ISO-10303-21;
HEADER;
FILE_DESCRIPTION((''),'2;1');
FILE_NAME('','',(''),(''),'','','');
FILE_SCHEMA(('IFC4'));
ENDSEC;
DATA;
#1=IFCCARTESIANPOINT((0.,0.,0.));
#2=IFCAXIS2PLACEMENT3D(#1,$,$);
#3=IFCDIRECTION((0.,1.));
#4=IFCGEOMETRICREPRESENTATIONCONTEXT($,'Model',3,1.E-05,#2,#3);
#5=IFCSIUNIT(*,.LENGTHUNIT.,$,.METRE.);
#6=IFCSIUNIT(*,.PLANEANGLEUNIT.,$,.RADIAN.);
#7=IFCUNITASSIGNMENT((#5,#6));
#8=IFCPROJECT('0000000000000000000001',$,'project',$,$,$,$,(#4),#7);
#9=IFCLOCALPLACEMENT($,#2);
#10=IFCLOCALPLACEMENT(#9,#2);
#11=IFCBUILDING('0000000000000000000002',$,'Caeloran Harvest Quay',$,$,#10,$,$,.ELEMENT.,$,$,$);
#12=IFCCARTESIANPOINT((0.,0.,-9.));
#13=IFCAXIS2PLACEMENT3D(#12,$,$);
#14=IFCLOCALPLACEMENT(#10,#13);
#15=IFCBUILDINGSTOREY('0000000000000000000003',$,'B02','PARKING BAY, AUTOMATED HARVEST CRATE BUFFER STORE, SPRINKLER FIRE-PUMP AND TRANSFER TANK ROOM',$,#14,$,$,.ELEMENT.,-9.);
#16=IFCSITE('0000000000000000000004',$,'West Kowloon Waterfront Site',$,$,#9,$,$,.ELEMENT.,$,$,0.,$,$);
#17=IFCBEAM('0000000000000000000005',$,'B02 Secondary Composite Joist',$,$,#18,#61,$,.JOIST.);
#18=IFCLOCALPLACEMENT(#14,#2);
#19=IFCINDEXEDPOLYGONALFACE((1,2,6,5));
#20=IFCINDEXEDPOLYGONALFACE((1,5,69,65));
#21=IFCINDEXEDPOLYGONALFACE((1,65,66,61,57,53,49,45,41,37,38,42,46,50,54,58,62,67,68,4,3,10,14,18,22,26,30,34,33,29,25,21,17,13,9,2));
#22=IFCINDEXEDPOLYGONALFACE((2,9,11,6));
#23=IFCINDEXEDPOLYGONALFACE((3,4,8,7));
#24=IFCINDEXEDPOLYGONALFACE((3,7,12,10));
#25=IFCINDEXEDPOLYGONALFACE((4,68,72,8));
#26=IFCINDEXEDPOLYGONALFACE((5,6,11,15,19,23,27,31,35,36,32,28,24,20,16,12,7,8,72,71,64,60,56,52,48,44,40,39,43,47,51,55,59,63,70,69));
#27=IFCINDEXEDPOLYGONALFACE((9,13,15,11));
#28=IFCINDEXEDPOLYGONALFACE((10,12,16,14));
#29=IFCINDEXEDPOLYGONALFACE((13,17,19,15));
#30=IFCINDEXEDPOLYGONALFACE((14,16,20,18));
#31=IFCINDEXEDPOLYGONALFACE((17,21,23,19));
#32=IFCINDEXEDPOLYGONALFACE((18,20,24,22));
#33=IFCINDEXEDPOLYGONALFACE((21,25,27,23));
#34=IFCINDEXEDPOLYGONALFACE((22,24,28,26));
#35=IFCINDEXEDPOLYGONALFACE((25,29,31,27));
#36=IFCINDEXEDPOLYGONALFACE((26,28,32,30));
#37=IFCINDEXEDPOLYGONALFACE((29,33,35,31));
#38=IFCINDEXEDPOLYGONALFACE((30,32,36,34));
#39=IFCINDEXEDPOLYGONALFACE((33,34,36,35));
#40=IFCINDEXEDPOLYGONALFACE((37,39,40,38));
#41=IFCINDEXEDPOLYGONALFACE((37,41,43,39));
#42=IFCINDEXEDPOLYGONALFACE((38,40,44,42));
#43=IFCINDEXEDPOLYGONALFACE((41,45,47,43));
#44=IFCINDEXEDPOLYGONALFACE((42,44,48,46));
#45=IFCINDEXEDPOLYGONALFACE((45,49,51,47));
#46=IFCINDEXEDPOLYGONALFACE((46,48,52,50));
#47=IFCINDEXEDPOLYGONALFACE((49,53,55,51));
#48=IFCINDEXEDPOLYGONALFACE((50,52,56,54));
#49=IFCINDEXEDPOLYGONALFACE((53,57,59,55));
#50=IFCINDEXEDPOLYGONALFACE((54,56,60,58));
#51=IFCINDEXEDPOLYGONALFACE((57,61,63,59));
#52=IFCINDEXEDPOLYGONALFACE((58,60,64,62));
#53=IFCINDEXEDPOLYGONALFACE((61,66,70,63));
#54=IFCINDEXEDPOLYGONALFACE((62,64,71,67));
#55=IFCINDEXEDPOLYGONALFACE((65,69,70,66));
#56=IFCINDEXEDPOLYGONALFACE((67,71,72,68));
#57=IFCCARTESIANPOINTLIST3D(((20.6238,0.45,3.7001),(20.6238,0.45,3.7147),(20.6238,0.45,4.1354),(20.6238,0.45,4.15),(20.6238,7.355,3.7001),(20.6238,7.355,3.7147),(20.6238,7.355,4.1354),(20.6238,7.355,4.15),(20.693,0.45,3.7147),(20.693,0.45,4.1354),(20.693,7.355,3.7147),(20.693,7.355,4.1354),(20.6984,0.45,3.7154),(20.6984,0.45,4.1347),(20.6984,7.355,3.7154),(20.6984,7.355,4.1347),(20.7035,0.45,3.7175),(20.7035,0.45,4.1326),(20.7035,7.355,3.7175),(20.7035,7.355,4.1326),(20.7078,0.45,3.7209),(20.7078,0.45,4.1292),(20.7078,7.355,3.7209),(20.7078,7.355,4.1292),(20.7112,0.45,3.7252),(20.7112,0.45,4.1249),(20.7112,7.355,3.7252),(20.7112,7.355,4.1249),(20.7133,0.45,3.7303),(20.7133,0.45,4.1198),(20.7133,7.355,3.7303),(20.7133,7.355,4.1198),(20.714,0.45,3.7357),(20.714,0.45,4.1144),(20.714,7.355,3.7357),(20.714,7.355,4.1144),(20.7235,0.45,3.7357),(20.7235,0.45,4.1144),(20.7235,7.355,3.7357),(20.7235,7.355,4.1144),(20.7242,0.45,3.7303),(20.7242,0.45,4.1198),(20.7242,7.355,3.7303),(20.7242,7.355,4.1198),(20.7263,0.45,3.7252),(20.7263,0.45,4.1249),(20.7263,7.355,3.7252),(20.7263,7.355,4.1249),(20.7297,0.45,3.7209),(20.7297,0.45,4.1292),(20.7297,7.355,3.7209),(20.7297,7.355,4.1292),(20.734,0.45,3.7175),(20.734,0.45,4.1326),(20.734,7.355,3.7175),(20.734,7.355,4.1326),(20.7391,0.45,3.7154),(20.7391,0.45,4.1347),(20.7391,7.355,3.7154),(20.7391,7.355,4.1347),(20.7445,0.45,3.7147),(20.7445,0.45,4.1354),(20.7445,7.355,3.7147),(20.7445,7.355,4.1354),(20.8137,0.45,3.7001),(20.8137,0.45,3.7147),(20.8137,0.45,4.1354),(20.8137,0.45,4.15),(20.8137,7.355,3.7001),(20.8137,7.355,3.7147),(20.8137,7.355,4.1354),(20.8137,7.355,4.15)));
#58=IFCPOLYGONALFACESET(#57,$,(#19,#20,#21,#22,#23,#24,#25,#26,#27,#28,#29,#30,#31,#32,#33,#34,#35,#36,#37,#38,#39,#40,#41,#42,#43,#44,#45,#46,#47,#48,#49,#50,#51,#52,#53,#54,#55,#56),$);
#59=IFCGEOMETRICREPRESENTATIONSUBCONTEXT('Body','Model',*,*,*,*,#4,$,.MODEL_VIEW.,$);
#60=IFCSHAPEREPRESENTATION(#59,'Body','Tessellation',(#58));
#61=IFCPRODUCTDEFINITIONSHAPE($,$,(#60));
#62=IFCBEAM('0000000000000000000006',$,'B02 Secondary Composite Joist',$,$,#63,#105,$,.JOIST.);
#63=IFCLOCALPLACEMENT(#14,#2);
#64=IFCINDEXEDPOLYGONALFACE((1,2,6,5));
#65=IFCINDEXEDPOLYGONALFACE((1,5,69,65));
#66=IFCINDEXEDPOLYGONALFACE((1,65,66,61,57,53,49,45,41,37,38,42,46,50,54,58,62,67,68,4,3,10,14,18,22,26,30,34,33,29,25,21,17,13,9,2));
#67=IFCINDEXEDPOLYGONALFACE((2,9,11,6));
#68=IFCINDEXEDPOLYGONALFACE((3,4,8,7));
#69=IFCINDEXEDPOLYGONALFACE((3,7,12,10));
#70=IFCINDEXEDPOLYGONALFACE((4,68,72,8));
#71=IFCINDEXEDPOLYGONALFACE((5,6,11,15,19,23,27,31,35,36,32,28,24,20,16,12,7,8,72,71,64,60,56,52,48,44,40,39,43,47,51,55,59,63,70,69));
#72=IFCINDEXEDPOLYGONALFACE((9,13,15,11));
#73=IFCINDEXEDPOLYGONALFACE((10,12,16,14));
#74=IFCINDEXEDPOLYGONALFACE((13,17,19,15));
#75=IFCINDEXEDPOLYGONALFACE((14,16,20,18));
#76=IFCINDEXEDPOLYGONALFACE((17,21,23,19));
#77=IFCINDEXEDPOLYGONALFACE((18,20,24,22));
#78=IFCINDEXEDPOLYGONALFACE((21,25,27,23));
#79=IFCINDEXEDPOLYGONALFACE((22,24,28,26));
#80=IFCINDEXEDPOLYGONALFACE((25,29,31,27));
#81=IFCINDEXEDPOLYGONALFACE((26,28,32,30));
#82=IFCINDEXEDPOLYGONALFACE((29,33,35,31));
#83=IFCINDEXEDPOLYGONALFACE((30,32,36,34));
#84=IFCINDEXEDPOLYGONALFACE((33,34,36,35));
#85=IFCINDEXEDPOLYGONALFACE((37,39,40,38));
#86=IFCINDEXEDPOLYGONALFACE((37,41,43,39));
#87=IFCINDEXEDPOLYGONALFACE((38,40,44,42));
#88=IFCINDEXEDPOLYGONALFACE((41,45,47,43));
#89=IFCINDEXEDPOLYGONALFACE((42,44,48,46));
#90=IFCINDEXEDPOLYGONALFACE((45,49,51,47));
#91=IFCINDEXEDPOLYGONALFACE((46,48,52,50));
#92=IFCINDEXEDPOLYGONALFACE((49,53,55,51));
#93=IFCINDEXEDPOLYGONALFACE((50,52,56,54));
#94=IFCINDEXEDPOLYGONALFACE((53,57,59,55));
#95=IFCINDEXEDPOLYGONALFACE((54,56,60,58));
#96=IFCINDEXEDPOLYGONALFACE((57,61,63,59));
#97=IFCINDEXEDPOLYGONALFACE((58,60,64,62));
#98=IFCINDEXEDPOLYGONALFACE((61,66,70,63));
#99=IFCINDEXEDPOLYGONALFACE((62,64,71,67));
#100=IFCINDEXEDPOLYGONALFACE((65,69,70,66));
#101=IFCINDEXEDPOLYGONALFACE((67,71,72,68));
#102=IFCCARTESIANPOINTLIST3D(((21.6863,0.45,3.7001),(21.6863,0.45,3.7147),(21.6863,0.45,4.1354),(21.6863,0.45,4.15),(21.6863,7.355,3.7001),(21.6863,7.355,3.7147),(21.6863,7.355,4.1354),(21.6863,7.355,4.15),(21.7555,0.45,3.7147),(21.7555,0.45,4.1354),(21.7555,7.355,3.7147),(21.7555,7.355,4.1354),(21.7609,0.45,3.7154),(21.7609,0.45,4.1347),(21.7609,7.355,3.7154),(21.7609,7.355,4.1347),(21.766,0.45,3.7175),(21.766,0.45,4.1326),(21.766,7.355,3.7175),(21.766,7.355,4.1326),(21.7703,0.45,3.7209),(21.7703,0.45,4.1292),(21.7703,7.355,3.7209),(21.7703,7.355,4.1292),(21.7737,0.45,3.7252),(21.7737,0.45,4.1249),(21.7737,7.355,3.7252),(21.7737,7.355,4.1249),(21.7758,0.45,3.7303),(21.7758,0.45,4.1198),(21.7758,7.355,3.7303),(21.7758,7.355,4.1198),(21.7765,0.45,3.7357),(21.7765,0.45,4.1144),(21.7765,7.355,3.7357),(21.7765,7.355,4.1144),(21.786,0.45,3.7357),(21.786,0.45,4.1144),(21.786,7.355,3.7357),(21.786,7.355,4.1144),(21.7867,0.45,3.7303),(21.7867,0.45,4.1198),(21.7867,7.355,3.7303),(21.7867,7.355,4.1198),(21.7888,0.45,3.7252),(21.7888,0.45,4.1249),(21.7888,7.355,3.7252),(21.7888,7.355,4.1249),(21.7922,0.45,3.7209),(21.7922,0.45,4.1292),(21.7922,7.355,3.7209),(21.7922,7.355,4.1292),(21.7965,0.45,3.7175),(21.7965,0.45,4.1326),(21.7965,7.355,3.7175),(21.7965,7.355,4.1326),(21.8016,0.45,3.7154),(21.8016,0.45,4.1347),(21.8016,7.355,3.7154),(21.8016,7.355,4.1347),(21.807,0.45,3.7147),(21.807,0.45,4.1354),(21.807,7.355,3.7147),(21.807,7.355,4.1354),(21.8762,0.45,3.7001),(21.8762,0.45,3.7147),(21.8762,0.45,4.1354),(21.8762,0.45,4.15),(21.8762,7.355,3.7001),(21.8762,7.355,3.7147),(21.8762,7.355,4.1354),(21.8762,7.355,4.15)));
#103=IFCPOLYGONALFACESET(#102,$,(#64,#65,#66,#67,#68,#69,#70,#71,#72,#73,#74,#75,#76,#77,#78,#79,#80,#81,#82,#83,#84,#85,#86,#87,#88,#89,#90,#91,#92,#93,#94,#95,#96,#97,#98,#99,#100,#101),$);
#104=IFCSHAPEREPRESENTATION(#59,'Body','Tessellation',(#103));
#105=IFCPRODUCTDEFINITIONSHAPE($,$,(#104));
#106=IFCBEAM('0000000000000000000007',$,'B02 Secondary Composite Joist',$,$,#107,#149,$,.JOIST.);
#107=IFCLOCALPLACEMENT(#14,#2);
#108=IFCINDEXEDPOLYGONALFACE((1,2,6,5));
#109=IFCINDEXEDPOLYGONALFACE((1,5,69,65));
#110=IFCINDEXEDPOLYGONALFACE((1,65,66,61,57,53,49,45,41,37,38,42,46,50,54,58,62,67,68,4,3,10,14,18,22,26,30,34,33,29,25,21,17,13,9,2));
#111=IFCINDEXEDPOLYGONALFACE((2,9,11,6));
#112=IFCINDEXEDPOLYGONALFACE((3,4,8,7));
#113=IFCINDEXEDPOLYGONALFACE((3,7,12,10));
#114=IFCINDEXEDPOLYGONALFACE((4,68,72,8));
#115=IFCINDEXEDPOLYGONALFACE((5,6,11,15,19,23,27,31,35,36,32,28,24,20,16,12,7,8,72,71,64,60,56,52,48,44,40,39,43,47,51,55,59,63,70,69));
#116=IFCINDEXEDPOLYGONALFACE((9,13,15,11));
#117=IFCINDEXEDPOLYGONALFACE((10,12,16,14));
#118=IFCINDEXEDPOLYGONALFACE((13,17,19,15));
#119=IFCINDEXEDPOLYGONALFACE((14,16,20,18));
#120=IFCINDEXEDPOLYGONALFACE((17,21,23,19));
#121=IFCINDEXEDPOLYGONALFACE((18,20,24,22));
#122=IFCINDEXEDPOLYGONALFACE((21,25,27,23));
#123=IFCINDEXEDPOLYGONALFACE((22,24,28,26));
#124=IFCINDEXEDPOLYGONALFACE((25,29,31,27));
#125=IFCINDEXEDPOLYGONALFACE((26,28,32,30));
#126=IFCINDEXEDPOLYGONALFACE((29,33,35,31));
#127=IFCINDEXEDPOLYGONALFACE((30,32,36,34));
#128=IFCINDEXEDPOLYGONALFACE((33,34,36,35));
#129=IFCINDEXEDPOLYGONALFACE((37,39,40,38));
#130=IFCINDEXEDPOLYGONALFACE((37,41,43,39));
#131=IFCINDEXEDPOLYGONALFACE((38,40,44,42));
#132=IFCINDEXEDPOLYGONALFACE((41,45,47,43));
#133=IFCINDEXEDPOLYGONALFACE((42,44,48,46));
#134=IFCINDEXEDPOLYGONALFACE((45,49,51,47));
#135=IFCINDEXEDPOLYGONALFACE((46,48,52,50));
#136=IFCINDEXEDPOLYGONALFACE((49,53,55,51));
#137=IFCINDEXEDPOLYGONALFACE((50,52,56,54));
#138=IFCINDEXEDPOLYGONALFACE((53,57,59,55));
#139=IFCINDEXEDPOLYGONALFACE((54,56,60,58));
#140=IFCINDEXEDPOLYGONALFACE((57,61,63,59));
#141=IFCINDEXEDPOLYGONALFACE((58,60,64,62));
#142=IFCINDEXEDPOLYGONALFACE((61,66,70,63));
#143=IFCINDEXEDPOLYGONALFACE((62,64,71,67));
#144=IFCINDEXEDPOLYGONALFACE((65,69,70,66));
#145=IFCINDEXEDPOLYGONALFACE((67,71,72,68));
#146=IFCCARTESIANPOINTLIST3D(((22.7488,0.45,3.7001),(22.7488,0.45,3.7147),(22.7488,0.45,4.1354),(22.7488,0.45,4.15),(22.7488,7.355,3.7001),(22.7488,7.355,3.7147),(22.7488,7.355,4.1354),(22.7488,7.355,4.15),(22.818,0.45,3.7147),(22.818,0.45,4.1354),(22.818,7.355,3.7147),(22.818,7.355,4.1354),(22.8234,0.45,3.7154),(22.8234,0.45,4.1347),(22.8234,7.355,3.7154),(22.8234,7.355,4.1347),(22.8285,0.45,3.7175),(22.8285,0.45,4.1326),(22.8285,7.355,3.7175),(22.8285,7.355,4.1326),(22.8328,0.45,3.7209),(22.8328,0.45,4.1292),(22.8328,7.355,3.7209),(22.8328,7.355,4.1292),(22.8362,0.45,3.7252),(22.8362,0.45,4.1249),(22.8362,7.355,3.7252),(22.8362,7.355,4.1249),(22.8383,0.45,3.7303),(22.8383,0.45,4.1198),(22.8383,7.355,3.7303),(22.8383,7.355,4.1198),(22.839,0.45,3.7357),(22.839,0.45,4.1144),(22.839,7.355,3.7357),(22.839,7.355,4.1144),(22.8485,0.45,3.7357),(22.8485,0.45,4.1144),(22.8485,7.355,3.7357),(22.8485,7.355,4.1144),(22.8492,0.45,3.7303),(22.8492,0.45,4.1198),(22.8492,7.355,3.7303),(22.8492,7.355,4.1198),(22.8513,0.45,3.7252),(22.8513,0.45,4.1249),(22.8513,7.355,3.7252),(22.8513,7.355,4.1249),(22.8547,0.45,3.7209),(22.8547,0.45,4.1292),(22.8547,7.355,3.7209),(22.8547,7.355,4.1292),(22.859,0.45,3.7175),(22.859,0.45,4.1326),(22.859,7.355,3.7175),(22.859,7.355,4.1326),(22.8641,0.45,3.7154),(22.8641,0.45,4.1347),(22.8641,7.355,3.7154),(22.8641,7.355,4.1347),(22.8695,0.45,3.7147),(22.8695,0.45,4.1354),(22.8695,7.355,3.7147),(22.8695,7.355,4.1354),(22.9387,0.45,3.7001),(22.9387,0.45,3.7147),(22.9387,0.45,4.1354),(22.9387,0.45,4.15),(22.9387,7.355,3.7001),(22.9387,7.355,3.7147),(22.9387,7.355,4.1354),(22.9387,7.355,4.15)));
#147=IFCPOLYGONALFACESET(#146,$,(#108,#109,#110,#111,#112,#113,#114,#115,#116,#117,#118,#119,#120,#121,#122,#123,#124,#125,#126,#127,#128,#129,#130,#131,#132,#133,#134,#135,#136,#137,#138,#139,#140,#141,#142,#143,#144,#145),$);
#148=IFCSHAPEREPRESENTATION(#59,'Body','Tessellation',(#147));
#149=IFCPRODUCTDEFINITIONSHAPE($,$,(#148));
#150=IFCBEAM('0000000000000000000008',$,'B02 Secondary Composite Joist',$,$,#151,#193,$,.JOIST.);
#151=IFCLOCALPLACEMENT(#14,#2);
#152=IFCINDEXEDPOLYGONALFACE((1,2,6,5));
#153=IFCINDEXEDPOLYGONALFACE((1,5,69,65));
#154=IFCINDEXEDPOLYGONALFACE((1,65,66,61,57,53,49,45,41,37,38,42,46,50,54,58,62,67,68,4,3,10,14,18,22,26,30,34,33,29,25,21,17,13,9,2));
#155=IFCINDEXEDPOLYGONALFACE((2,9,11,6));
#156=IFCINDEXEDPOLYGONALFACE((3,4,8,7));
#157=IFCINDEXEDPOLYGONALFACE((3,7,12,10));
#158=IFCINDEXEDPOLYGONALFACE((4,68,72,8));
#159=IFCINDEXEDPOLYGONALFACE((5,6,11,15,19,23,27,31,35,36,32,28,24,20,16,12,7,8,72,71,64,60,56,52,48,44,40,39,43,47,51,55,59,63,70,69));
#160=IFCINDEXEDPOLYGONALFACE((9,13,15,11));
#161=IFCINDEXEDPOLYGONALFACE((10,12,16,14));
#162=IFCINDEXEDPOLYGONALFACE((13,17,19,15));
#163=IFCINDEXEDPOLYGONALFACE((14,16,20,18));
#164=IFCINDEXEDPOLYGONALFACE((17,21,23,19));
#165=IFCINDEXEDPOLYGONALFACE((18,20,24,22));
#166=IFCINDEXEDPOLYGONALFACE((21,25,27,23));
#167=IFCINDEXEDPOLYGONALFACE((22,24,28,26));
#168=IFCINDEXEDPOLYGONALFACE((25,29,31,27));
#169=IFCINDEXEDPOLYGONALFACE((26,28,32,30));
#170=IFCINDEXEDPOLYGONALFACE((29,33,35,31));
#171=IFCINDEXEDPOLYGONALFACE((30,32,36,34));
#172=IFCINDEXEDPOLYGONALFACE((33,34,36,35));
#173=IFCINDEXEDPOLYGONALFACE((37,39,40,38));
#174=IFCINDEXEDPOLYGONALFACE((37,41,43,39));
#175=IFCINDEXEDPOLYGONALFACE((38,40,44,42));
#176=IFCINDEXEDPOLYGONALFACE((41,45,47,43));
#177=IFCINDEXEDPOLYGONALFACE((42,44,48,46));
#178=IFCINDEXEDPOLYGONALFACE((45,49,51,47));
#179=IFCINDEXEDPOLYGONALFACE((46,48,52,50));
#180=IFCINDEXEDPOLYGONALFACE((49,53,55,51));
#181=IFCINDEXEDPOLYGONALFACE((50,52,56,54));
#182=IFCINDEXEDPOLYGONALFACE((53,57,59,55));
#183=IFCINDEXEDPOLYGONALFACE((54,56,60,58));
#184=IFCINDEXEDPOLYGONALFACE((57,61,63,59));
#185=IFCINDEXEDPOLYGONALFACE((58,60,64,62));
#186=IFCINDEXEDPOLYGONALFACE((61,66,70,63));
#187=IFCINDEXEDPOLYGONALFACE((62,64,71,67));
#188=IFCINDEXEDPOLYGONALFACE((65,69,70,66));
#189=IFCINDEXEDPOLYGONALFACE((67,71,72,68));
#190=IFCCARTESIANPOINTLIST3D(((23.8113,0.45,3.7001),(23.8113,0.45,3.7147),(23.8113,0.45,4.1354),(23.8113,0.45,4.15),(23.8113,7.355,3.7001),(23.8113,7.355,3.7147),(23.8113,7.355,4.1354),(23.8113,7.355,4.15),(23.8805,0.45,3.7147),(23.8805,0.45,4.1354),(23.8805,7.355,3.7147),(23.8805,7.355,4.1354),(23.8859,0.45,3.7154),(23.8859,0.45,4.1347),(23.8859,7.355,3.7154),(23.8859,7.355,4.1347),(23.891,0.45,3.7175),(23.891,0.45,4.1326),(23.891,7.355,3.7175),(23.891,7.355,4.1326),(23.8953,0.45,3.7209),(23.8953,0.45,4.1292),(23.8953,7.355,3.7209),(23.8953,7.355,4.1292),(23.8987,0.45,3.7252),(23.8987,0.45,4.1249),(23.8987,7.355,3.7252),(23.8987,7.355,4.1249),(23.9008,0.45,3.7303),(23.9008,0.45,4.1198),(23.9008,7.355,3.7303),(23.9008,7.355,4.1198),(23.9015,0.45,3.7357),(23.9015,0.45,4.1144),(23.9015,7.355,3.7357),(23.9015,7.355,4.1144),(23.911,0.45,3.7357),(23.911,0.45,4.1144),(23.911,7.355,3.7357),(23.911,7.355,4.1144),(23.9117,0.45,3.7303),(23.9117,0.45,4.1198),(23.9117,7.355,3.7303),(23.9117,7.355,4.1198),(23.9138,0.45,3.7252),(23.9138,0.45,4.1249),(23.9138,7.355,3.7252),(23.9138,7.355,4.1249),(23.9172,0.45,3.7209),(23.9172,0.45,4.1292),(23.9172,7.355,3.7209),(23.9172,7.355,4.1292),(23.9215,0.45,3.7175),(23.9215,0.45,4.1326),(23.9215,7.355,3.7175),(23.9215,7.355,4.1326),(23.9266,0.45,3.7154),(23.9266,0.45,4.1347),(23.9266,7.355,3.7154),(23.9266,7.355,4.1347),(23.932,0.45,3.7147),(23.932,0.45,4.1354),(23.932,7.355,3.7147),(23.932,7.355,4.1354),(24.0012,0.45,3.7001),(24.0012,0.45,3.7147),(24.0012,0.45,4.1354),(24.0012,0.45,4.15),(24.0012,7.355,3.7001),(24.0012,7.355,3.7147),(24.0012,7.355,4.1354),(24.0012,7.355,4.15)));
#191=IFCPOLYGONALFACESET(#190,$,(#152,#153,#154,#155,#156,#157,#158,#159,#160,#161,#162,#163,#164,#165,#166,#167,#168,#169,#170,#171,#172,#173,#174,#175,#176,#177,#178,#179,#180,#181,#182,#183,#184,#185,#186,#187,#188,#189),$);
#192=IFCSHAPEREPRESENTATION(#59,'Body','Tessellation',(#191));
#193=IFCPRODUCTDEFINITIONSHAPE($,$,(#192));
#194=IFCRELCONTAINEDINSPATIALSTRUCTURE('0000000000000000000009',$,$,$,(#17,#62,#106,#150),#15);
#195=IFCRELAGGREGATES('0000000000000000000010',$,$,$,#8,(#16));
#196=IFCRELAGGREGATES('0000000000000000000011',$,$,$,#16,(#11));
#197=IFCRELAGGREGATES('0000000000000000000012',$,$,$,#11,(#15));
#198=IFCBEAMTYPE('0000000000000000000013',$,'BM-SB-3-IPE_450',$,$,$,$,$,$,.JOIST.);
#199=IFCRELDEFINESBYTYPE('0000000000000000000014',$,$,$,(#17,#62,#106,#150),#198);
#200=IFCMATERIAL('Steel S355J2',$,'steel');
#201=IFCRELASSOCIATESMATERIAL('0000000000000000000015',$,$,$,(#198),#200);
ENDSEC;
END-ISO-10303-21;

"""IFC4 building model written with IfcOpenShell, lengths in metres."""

from ifc_helpers import new_model, si_unit, direction, frame, origin, origin_2d, place, context, subcontext, project, spatial, i_section, extrude, material, material_profile, profile_set, type_object, element, save


model = new_model("IFC4")

# Units and contexts
model_context = context("Model", 3, precision=1e-05, world=origin(), true_north=direction((0.0, 1.0)))
body_context = subcontext(model_context, "Body", "Model", "MODEL_VIEW")
ifc_project = project(units=[si_unit("LENGTHUNIT", "METRE"), si_unit("PLANEANGLEUNIT", "RADIAN")], contexts=[model_context])

# Site, building, storey
site_placement = place(None, origin())
site = spatial("IfcSite", under=ifc_project, at=site_placement, Name="West Kowloon Waterfront Site", CompositionType="ELEMENT", RefElevation=0.0)
building_placement = place(site_placement, origin())
building = spatial("IfcBuilding", under=site, at=building_placement, Name="Caeloran Harvest Quay", CompositionType="ELEMENT")
storey_placement = place(building_placement, frame((0.0, 0.0, -9.0)))
storey = spatial("IfcBuildingStorey", under=building, at=storey_placement, Name="B02", Description="PARKING BAY, AUTOMATED HARVEST CRATE BUFFER STORE, SPRINKLER FIRE-PUMP AND TRANSFER TANK ROOM", CompositionType="ELEMENT", Elevation=-9.0)

# Beams
ifc_material_1 = material(Name="Steel S355J2", Category="steel")
ifc_material_profile_1 = material_profile(ifc_material_1, i_section(OverallWidth=0.1899, OverallDepth=0.45, WebThickness=0.0095, FlangeThickness=0.0146, FilletRadius=0.021, at=origin_2d()), Name="IPE 450")
ifc_profile_set_1 = profile_set([ifc_material_profile_1], Name="Steel S355J2")
beam_type_1 = type_object("IfcBeamType", Name="BM-SB-3-IPE_450", PredefinedType="JOIST", material=ifc_profile_set_1)
for number, where, z_axis, x_axis, name in (
    (1, (20.7188, 0.45, 3.925), (0.0, 1.0, 0.0), (-1.0, 0.0, 0.0), "B02 Secondary Composite Joist"),
    (2, (21.7812, 0.45, 3.925), (0.0, 1.0, 0.0), (-1.0, 0.0, 0.0), "B02 Secondary Composite Joist"),
    (3, (22.8438, 0.45, 3.925), (0.0, 1.0, 0.0), (-1.0, 0.0, 0.0), "B02 Secondary Composite Joist"),
    (4, (23.9062, 0.45, 3.925), (0.0, 1.0, 0.0), (-1.0, 0.0, 0.0), "B02 Secondary Composite Joist"),
):
    element("IfcBeam", number, at=place(storey_placement, frame(where, z_axis=z_axis, x_axis=x_axis)), inside=storey, type_object=beam_type_1, Name=name, PredefinedType="JOIST", context=body_context, shape_type="SweptSolid", body=[
        extrude(i_section(OverallWidth=0.1899, OverallDepth=0.45, WebThickness=0.0095, FlangeThickness=0.0146, FilletRadius=0.021, at=origin_2d()), origin(), (0.0, 0.0, 1.0), 6.905),
    ])

save(model, "model.ifc")
